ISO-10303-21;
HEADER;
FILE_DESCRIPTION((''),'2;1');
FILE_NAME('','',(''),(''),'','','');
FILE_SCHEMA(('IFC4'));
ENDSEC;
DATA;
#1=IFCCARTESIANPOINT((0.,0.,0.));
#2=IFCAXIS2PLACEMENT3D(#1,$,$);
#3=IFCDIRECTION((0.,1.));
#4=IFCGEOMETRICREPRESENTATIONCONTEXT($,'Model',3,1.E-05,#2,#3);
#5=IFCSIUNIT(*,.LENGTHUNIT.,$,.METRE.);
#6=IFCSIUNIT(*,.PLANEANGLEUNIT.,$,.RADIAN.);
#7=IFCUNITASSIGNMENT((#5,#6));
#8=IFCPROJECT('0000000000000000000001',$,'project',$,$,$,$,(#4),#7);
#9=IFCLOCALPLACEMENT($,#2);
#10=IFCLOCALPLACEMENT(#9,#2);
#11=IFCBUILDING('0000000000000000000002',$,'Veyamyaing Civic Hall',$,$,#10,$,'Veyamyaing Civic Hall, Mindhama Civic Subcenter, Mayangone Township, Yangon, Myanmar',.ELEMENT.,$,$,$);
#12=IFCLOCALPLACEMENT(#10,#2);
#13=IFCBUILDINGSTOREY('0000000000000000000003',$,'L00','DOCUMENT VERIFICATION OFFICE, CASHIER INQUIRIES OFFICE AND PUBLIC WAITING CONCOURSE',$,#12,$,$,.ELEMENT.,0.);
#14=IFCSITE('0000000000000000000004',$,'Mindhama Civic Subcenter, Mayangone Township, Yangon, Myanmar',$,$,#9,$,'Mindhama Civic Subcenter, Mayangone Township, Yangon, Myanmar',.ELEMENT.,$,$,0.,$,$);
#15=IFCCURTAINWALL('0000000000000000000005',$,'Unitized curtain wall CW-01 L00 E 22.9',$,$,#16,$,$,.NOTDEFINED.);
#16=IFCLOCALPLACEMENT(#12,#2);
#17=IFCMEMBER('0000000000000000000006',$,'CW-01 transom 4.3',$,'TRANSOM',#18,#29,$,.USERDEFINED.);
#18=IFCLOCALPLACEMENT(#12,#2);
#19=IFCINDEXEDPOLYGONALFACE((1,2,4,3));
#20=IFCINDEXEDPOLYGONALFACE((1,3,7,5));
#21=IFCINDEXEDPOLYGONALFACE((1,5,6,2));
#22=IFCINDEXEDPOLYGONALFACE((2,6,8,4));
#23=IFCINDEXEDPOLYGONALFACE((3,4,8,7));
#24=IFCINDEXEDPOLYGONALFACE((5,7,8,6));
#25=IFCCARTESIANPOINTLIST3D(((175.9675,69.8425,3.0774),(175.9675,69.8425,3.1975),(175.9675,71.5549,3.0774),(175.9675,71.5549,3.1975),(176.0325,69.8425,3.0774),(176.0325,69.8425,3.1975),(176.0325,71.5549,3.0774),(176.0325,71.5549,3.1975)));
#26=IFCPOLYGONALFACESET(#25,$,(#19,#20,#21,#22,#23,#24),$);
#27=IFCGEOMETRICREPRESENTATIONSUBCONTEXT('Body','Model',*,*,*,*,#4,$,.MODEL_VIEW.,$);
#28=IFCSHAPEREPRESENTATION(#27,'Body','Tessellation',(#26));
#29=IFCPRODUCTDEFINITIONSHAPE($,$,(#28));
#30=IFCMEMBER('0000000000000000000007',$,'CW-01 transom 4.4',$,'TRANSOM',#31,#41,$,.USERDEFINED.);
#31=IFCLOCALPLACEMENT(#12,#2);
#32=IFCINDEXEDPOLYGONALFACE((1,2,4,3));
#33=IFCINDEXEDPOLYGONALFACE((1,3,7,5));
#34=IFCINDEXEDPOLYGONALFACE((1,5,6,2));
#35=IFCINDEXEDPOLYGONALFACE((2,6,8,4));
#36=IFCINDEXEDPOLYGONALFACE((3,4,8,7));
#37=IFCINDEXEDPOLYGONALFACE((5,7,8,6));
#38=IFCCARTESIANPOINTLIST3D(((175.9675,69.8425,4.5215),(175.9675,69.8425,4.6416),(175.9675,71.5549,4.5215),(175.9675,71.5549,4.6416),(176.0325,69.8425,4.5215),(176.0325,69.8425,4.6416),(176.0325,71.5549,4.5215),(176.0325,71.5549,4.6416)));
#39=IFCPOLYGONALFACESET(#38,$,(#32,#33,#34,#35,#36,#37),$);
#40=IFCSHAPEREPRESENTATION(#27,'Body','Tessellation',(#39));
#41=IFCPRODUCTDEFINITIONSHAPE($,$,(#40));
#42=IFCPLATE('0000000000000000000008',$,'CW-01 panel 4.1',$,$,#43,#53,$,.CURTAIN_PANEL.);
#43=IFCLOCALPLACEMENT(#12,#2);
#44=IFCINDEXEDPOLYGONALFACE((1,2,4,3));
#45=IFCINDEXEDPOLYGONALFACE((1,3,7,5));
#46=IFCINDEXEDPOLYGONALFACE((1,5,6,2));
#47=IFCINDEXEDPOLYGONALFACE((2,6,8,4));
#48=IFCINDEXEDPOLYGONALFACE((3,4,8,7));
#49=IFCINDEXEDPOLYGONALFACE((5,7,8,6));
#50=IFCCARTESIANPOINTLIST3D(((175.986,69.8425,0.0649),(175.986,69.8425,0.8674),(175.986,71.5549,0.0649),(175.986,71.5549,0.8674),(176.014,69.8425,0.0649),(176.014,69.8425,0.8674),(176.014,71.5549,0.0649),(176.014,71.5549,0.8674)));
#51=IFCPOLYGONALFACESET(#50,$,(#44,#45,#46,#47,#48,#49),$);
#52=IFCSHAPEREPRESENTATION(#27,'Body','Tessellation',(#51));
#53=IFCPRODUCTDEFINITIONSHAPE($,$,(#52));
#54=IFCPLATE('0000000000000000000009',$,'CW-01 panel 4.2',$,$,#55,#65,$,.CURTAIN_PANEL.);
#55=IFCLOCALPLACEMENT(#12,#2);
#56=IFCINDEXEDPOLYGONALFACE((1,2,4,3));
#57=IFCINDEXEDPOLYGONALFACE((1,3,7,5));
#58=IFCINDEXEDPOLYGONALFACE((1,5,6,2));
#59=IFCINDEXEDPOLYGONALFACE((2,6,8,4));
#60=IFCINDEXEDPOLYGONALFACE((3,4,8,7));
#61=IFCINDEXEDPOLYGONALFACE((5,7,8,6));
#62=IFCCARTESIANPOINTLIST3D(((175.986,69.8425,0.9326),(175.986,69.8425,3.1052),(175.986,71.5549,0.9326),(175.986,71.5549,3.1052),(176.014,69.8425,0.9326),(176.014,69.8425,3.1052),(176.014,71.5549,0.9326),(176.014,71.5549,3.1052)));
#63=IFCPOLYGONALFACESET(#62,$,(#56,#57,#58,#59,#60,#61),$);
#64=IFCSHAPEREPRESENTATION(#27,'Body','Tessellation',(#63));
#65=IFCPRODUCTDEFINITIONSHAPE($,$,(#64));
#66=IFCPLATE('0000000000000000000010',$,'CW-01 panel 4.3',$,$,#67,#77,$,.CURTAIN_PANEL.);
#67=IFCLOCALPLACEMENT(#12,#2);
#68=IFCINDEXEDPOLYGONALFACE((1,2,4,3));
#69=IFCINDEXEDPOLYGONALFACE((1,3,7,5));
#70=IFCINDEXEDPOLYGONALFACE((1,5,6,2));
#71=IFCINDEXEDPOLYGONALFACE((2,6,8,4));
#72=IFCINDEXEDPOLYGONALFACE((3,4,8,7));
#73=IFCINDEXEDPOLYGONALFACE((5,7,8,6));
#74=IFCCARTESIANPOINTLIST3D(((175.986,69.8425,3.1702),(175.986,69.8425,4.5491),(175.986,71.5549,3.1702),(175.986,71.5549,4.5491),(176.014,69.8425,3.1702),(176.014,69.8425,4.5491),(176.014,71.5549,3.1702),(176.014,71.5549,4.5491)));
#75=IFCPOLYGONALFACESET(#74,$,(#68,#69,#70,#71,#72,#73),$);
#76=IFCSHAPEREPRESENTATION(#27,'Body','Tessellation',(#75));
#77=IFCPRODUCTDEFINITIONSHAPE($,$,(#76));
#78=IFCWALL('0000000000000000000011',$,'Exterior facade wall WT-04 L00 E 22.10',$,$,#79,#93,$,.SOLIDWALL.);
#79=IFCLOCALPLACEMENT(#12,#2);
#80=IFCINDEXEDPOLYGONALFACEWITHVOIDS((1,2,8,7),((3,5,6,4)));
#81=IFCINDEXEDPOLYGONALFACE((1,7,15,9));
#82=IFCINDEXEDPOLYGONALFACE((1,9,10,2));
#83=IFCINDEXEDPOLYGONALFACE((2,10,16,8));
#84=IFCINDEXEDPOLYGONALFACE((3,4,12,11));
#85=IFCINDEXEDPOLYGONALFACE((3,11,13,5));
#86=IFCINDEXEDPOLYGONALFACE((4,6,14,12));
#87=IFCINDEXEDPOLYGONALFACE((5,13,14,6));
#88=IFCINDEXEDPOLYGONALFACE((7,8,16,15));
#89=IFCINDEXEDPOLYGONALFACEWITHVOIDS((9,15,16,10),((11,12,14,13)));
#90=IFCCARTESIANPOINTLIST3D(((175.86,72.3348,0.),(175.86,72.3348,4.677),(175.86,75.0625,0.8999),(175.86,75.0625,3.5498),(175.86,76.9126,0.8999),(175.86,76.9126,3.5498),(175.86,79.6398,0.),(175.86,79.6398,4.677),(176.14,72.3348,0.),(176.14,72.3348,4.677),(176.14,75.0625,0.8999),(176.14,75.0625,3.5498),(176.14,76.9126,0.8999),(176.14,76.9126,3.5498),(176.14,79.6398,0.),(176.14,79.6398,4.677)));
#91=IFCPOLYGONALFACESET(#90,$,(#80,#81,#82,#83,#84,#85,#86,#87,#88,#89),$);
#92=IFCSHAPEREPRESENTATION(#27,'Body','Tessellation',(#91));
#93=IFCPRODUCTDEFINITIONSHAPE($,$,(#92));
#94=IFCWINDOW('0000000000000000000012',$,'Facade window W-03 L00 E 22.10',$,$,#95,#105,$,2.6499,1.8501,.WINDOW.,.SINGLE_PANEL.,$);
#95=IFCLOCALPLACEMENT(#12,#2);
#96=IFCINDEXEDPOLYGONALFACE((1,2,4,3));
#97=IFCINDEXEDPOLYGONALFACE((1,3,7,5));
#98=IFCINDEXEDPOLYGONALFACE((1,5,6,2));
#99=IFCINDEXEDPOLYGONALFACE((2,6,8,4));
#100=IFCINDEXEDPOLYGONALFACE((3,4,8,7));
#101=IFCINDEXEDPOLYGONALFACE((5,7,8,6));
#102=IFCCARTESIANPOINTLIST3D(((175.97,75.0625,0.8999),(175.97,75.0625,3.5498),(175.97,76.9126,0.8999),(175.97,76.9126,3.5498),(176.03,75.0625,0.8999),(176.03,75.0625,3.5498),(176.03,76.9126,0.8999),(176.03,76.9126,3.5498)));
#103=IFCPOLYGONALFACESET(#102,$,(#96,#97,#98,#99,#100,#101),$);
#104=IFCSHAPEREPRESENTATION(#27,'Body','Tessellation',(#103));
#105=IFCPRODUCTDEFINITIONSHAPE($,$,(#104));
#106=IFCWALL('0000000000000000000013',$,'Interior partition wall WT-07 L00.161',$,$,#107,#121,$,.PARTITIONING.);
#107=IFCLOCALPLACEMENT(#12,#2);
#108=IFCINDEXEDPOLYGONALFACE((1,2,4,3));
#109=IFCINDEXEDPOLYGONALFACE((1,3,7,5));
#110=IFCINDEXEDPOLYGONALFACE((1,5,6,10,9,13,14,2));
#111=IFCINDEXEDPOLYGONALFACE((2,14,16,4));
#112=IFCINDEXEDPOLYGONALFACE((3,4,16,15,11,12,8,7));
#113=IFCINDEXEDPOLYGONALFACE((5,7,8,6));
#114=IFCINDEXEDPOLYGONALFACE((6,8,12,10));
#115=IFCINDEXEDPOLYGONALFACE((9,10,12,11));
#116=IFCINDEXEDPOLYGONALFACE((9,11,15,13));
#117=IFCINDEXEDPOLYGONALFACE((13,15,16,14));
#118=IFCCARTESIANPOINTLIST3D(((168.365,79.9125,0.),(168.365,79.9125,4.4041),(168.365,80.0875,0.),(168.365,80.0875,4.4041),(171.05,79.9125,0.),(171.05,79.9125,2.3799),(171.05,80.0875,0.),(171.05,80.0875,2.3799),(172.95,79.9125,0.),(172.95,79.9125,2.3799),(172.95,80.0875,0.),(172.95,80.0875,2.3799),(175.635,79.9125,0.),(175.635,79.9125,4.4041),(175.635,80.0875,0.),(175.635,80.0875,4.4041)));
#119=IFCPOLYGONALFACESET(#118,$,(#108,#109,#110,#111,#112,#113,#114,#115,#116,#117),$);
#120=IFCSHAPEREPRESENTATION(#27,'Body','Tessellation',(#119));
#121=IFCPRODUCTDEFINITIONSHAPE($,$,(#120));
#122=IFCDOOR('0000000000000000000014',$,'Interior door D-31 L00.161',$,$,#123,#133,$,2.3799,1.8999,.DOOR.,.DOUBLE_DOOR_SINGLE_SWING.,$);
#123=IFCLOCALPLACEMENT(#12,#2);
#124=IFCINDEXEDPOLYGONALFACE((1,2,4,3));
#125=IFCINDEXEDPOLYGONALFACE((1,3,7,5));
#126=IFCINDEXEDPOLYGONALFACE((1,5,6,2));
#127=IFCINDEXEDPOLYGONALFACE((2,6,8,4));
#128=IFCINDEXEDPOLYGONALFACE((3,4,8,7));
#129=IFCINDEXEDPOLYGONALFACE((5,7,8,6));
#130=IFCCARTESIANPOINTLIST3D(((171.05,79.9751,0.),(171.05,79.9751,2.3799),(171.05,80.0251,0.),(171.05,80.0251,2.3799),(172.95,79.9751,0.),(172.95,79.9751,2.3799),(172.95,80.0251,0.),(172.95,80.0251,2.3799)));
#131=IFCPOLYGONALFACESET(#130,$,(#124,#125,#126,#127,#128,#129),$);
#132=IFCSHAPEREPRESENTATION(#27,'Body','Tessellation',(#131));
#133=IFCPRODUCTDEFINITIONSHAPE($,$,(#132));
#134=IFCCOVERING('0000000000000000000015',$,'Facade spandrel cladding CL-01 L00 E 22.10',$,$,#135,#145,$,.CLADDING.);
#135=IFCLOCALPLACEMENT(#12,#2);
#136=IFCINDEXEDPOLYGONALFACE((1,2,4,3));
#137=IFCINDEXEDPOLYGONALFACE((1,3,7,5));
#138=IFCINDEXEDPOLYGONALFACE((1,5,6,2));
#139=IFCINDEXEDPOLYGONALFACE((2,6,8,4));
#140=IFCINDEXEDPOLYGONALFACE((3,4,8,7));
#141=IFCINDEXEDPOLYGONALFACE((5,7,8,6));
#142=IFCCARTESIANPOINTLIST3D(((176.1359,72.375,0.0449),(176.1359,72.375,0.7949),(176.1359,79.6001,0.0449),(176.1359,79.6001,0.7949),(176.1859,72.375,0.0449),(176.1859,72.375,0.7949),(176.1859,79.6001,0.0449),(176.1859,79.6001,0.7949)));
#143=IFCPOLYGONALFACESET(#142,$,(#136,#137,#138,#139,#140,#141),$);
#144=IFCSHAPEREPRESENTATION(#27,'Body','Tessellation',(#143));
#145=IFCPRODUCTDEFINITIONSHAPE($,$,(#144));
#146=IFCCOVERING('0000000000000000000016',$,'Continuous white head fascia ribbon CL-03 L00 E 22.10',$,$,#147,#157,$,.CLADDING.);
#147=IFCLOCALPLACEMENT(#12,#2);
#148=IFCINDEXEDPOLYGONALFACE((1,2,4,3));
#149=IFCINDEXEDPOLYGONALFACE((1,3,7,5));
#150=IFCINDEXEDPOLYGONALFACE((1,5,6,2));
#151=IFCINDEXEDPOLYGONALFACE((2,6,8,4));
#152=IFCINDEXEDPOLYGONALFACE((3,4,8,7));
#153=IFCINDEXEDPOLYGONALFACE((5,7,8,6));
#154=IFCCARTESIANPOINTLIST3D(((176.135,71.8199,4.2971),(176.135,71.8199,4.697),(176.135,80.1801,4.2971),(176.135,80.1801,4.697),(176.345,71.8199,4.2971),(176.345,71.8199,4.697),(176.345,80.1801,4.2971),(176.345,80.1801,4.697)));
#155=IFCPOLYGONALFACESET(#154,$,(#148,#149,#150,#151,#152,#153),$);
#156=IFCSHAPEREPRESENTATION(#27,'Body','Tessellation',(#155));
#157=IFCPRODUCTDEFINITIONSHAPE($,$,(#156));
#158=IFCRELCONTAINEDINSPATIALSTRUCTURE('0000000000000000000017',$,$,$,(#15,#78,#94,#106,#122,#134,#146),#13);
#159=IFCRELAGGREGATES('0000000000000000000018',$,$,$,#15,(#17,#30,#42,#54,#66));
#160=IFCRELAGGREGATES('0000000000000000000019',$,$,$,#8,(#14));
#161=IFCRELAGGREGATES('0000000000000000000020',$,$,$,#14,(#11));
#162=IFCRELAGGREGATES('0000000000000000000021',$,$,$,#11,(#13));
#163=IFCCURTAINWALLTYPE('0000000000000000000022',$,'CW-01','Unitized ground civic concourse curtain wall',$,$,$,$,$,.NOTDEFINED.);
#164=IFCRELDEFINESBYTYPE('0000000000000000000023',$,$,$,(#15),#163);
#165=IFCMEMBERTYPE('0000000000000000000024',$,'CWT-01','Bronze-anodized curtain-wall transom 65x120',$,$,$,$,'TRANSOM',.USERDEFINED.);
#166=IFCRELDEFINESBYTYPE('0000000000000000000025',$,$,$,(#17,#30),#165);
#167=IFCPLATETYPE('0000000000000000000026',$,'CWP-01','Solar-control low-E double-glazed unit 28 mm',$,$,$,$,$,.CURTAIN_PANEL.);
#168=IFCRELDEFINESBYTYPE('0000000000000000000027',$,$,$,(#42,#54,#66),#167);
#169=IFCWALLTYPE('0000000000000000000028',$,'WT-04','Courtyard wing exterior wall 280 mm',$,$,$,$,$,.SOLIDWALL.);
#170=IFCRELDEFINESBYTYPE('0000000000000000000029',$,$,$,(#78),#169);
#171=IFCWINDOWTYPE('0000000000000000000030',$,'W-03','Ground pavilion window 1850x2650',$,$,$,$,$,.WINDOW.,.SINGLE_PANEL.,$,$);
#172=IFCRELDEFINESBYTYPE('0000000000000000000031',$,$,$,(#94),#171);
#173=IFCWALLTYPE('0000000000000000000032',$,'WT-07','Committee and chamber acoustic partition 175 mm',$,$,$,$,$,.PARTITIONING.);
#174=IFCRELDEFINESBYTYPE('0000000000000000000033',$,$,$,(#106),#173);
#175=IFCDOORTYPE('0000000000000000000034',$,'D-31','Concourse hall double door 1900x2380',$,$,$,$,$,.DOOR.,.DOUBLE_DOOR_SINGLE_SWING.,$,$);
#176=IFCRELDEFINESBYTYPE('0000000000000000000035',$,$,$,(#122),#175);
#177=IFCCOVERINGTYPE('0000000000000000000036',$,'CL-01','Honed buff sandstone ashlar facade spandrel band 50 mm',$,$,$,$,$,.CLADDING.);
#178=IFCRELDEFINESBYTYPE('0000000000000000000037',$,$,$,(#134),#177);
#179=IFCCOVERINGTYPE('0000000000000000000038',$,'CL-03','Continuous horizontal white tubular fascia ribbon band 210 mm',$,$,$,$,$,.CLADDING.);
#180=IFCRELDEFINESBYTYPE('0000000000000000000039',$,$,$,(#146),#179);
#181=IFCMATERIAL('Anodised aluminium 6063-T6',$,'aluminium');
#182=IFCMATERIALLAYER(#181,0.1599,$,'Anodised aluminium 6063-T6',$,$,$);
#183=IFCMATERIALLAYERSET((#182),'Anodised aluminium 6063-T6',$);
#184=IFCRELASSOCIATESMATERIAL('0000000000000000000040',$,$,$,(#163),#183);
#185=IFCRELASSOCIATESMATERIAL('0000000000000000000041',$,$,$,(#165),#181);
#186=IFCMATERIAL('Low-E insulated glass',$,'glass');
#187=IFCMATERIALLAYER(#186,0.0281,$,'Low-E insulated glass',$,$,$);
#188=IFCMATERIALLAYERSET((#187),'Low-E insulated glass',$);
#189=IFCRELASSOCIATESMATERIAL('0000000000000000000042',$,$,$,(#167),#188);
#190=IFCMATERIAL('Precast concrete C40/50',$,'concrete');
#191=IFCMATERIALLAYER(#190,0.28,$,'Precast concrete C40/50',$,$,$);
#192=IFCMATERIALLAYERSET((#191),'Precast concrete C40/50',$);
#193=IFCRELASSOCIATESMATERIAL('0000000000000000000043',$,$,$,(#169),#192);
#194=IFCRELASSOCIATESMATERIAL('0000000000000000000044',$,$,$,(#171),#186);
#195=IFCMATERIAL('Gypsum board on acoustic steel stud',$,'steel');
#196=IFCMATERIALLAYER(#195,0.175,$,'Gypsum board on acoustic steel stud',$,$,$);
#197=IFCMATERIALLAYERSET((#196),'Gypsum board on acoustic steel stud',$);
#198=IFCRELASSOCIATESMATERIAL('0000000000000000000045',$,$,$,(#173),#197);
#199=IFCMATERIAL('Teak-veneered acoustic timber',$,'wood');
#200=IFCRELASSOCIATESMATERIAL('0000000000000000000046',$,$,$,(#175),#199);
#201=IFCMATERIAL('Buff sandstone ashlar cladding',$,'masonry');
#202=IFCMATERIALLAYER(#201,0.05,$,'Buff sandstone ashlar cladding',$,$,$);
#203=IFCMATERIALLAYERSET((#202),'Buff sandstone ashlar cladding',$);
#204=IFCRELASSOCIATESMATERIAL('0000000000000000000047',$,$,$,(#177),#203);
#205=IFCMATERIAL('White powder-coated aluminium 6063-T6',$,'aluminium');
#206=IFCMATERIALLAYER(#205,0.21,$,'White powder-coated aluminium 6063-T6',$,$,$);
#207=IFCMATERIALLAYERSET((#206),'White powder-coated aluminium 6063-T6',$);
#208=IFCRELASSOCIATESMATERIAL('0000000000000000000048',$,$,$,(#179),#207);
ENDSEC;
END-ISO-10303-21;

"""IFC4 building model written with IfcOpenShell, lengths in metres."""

from ifc_helpers import new_model, si_unit, direction, frame, frame_2d, origin, origin_2d, place, context, subcontext, project, spatial, rectangle, extrude, material, layer, layer_set, material_profile, profile_set, type_object, element, fill, aggregate, save


model = new_model("IFC4")

# Units and contexts
model_context = context("Model", 3, precision=1e-05, world=origin(), true_north=direction((0.0, 1.0)))
body_context = subcontext(model_context, "Body", "Model", "MODEL_VIEW")
ifc_project = project(units=[si_unit("LENGTHUNIT", "METRE"), si_unit("PLANEANGLEUNIT", "RADIAN")], contexts=[model_context])

# Site, building, storey
site_placement = place(None, origin())
site = spatial("IfcSite", under=ifc_project, at=site_placement, Name="Mindhama Civic Subcenter, Mayangone Township, Yangon, Myanmar", LongName="Mindhama Civic Subcenter, Mayangone Township, Yangon, Myanmar", CompositionType="ELEMENT", RefElevation=0.0)
building_placement = place(site_placement, origin())
building = spatial("IfcBuilding", under=site, at=building_placement, Name="Veyamyaing Civic Hall", LongName="Veyamyaing Civic Hall, Mindhama Civic Subcenter, Mayangone Township, Yangon, Myanmar", CompositionType="ELEMENT")
storey_placement = place(building_placement, origin())
storey = spatial("IfcBuildingStorey", under=building, at=storey_placement, Name="L00", Description="DOCUMENT VERIFICATION OFFICE, CASHIER INQUIRIES OFFICE AND PUBLIC WAITING CONCOURSE", CompositionType="ELEMENT", Elevation=0.0)

# Curtain wall, members, plates
ifc_material_1 = material(Name="Anodised aluminium 6063-T6", Category="aluminium")
ifc_layer_1 = layer(ifc_material_1, 0.1599, Name="Anodised aluminium 6063-T6")
ifc_layer_set_1 = layer_set([ifc_layer_1], Name="Anodised aluminium 6063-T6")
curtain_wall_type = type_object("IfcCurtainWallType", Name="CW-01", Description="Unitized ground civic concourse curtain wall", PredefinedType="NOTDEFINED", material=ifc_layer_set_1)
curtain_wall_placement = place(storey_placement, origin())
curtain_wall = element("IfcCurtainWall", 1, at=curtain_wall_placement, inside=storey, type_object=curtain_wall_type, Name="Unitized curtain wall CW-01 L00 E 22.9", PredefinedType="NOTDEFINED")
ifc_material_profile_1 = material_profile(ifc_material_1, rectangle(XDim=0.0649, YDim=0.1201, at=origin_2d()), Name="ALU-TRN-65X120")
ifc_profile_set_1 = profile_set([ifc_material_profile_1], Name="Anodised aluminium 6063-T6")
member_type_1 = type_object("IfcMemberType", Name="CWT-01", Description="Bronze-anodized curtain-wall transom 65x120", ElementType="TRANSOM", PredefinedType="USERDEFINED", material=ifc_profile_set_1)
member_1_placement = place(storey_placement, frame((176.0, 69.8425, 3.1375), z_axis=(0.0, 1.0, 0.0), x_axis=(-1.0, 0.0, 0.0)))
member_1 = element("IfcMember", 2, at=member_1_placement, type_object=member_type_1, Name="CW-01 transom 4.3", ObjectType="TRANSOM", PredefinedType="USERDEFINED", context=body_context, shape_type="SweptSolid", body=[
    extrude(rectangle(XDim=0.0649, YDim=0.1201, at=origin_2d()), origin(), (0.0, 0.0, 1.0), 1.7124),
])
member_2_placement = place(storey_placement, frame((176.0, 69.8425, 4.5815), z_axis=(0.0, 1.0, 0.0), x_axis=(-1.0, 0.0, 0.0)))
member_2 = element("IfcMember", 3, at=member_2_placement, type_object=member_type_1, Name="CW-01 transom 4.4", ObjectType="TRANSOM", PredefinedType="USERDEFINED", context=body_context, shape_type="SweptSolid", body=[
    extrude(rectangle(XDim=0.0649, YDim=0.1201, at=origin_2d()), origin(), (0.0, 0.0, 1.0), 1.7124),
])
ifc_material_2 = material(Name="Low-E insulated glass", Category="glass")
ifc_layer_2 = layer(ifc_material_2, 0.0281, Name="Low-E insulated glass")
ifc_layer_set_2 = layer_set([ifc_layer_2], Name="Low-E insulated glass")
plate_type = type_object("IfcPlateType", Name="CWP-01", Description="Solar-control low-E double-glazed unit 28 mm", PredefinedType="CURTAIN_PANEL", material=ifc_layer_set_2)
plate_1_placement = place(storey_placement, frame((176.0, 70.6987, 0.0649), z_axis=(0.0, 0.0, 1.0), x_axis=(0.0, 1.0, 0.0)))
plate_1 = element("IfcPlate", 4, at=plate_1_placement, type_object=plate_type, Name="CW-01 panel 4.1", PredefinedType="CURTAIN_PANEL", context=body_context, shape_type="SweptSolid", body=[
    extrude(rectangle(XDim=1.7124, YDim=0.0281, at=origin_2d()), origin(), (0.0, 0.0, 1.0), 0.8025),
])
plate_2_placement = place(storey_placement, frame((176.0, 70.6987, 0.9326), z_axis=(0.0, 0.0, 1.0), x_axis=(0.0, 1.0, 0.0)))
plate_2 = element("IfcPlate", 5, at=plate_2_placement, type_object=plate_type, Name="CW-01 panel 4.2", PredefinedType="CURTAIN_PANEL", context=body_context, shape_type="SweptSolid", body=[
    extrude(rectangle(XDim=1.7124, YDim=0.0281, at=origin_2d()), origin(), (0.0, 0.0, 1.0), 2.1726),
])
plate_3_placement = place(storey_placement, frame((176.0, 70.6987, 3.1702), z_axis=(0.0, 0.0, 1.0), x_axis=(0.0, 1.0, 0.0)))
plate_3 = element("IfcPlate", 6, at=plate_3_placement, type_object=plate_type, Name="CW-01 panel 4.3", PredefinedType="CURTAIN_PANEL", context=body_context, shape_type="SweptSolid", body=[
    extrude(rectangle(XDim=1.7124, YDim=0.0281, at=origin_2d()), origin(), (0.0, 0.0, 1.0), 1.3789),
])
aggregate(curtain_wall, [member_1, member_2, plate_1, plate_2, plate_3])

# Wall, opening, window
ifc_material_3 = material(Name="Precast concrete C40/50", Category="concrete")
ifc_layer_3 = layer(ifc_material_3, 0.28, Name="Precast concrete C40/50")
ifc_layer_set_3 = layer_set([ifc_layer_3], Name="Precast concrete C40/50")
wall_type_1 = type_object("IfcWallType", Name="WT-04", Description="Courtyard wing exterior wall 280 mm", PredefinedType="SOLIDWALL", material=ifc_layer_set_3)
wall_1_placement = place(storey_placement, frame((176.0, 72.335, 0.0), z_axis=(0.0, 0.0, 1.0), x_axis=(0.0, 1.0, 0.0)))
wall_1 = element("IfcWall", 7, at=wall_1_placement, inside=storey, type_object=wall_type_1, Name="Exterior facade wall WT-04 L00 E 22.10", PredefinedType="SOLIDWALL", context=body_context, shape_type="SweptSolid", body=[
    extrude(rectangle(XDim=7.3049, YDim=0.28, at=frame_2d((3.6523, 0.0))), origin(), (0.0, 0.0, 1.0), 4.677),
])
opening_1_placement = place(wall_1_placement, frame((2.7275, 0.0, 0.8999)))
opening_1 = element("IfcOpeningElement", 8, at=opening_1_placement, cuts=wall_1, PredefinedType="OPENING", context=body_context, shape_type="SweptSolid", body=[
    extrude(rectangle(XDim=1.8501, YDim=2.6499, at=frame_2d((0.925, 1.325))), frame((0.0, 0.1499, 0.0), z_axis=(0.0, -1.0, 0.0), x_axis=(1.0, 0.0, 0.0)), (0.0, 0.0, 1.0), 0.3),
])
window_type = type_object("IfcWindowType", Name="W-03", Description="Ground pavilion window 1850x2650", PartitioningType="SINGLE_PANEL", PredefinedType="WINDOW", material=ifc_material_2)
window_placement = place(opening_1_placement, origin())
window = element("IfcWindow", 9, at=window_placement, inside=storey, type_object=window_type, Name="Facade window W-03 L00 E 22.10", OverallHeight=2.6499, OverallWidth=1.8501, PartitioningType="SINGLE_PANEL", PredefinedType="WINDOW", context=body_context, shape_type="SweptSolid", body=[
    extrude(rectangle(XDim=1.8501, YDim=2.6499, at=frame_2d((0.925, 1.325))), frame((0.0, 0.03, 0.0), z_axis=(0.0, -1.0, 0.0), x_axis=(1.0, 0.0, 0.0)), (0.0, 0.0, 1.0), 0.0601),
])
fill(opening_1, window)

# Wall, opening, door
ifc_material_4 = material(Name="Gypsum board on acoustic steel stud", Category="steel")
ifc_layer_4 = layer(ifc_material_4, 0.175, Name="Gypsum board on acoustic steel stud")
ifc_layer_set_4 = layer_set([ifc_layer_4], Name="Gypsum board on acoustic steel stud")
wall_type_2 = type_object("IfcWallType", Name="WT-07", Description="Committee and chamber acoustic partition 175 mm", PredefinedType="PARTITIONING", material=ifc_layer_set_4)
wall_2_placement = place(storey_placement, frame((168.365, 80.0, 0.0), z_axis=(0.0, 0.0, 1.0), x_axis=(1.0, 0.0, 0.0)))
wall_2 = element("IfcWall", 10, at=wall_2_placement, inside=storey, type_object=wall_type_2, Name="Interior partition wall WT-07 L00.161", PredefinedType="PARTITIONING", context=body_context, shape_type="SweptSolid", body=[
    extrude(rectangle(XDim=7.27, YDim=0.175, at=frame_2d((3.635, 0.0))), origin(), (0.0, 0.0, 1.0), 4.4041),
])
opening_2_placement = place(wall_2_placement, frame((2.6851, 0.0, 0.0)))
opening_2 = element("IfcOpeningElement", 11, at=opening_2_placement, cuts=wall_2, PredefinedType="OPENING", context=body_context, shape_type="SweptSolid", body=[
    extrude(rectangle(XDim=1.8999, YDim=2.3799, at=frame_2d((0.95, 1.1899))), frame((0.0, 0.0974, 0.0), z_axis=(0.0, -1.0, 0.0), x_axis=(1.0, 0.0, 0.0)), (0.0, 0.0, 1.0), 0.1951),
])
ifc_material_5 = material(Name="Teak-veneered acoustic timber", Category="wood")
door_type = type_object("IfcDoorType", Name="D-31", Description="Concourse hall double door 1900x2380", OperationType="DOUBLE_DOOR_SINGLE_SWING", PredefinedType="DOOR", material=ifc_material_5)
door_placement = place(opening_2_placement, frame((1.8999, 0.0, 0.0), z_axis=(0.0, 0.0, 1.0), x_axis=(-1.0, 0.0, 0.0)))
door = element("IfcDoor", 12, at=door_placement, inside=storey, type_object=door_type, Name="Interior door D-31 L00.161", OperationType="DOUBLE_DOOR_SINGLE_SWING", OverallHeight=2.3799, OverallWidth=1.8999, PredefinedType="DOOR", context=body_context, shape_type="SweptSolid", body=[
    extrude(rectangle(XDim=1.8999, YDim=2.3799, at=frame_2d((0.95, 1.1899))), frame((0.0, 0.0249, 0.0), z_axis=(0.0, -1.0, 0.0), x_axis=(1.0, 0.0, 0.0)), (0.0, 0.0, 1.0), 0.05),
])
fill(opening_2, door)

# Coverings
ifc_material_6 = material(Name="Buff sandstone ashlar cladding", Category="masonry")
ifc_layer_5 = layer(ifc_material_6, 0.05, Name="Buff sandstone ashlar cladding")
ifc_layer_set_5 = layer_set([ifc_layer_5], Name="Buff sandstone ashlar cladding")
covering_type_1 = type_object("IfcCoveringType", Name="CL-01", Description="Honed buff sandstone ashlar facade spandrel band 50 mm", PredefinedType="CLADDING", material=ifc_layer_set_5)
covering_1_placement = place(storey_placement, frame((176.1609, 75.9875, 0.0449), z_axis=(0.0, 0.0, 1.0), x_axis=(0.0, 1.0, 0.0)))
element("IfcCovering", 13, at=covering_1_placement, inside=storey, type_object=covering_type_1, Name="Facade spandrel cladding CL-01 L00 E 22.10", PredefinedType="CLADDING", context=body_context, shape_type="SweptSolid", body=[
    extrude(rectangle(XDim=7.2251, YDim=0.05, at=origin_2d()), origin(), (0.0, 0.0, 1.0), 0.75),
])
ifc_material_7 = material(Name="White powder-coated aluminium 6063-T6", Category="aluminium")
ifc_layer_6 = layer(ifc_material_7, 0.21, Name="White powder-coated aluminium 6063-T6")
ifc_layer_set_6 = layer_set([ifc_layer_6], Name="White powder-coated aluminium 6063-T6")
covering_type_2 = type_object("IfcCoveringType", Name="CL-03", Description="Continuous horizontal white tubular fascia ribbon band 210 mm", PredefinedType="CLADDING", material=ifc_layer_set_6)
covering_2_placement = place(storey_placement, frame((176.24, 76.0, 4.2971), z_axis=(0.0, 0.0, 1.0), x_axis=(0.0, 1.0, 0.0)))
element("IfcCovering", 14, at=covering_2_placement, inside=storey, type_object=covering_type_2, Name="Continuous white head fascia ribbon CL-03 L00 E 22.10", PredefinedType="CLADDING", context=body_context, shape_type="SweptSolid", body=[
    extrude(rectangle(XDim=8.3601, YDim=0.21, at=origin_2d()), origin(), (0.0, 0.0, 1.0), 0.3999),
])

save(model, "model.ifc")
